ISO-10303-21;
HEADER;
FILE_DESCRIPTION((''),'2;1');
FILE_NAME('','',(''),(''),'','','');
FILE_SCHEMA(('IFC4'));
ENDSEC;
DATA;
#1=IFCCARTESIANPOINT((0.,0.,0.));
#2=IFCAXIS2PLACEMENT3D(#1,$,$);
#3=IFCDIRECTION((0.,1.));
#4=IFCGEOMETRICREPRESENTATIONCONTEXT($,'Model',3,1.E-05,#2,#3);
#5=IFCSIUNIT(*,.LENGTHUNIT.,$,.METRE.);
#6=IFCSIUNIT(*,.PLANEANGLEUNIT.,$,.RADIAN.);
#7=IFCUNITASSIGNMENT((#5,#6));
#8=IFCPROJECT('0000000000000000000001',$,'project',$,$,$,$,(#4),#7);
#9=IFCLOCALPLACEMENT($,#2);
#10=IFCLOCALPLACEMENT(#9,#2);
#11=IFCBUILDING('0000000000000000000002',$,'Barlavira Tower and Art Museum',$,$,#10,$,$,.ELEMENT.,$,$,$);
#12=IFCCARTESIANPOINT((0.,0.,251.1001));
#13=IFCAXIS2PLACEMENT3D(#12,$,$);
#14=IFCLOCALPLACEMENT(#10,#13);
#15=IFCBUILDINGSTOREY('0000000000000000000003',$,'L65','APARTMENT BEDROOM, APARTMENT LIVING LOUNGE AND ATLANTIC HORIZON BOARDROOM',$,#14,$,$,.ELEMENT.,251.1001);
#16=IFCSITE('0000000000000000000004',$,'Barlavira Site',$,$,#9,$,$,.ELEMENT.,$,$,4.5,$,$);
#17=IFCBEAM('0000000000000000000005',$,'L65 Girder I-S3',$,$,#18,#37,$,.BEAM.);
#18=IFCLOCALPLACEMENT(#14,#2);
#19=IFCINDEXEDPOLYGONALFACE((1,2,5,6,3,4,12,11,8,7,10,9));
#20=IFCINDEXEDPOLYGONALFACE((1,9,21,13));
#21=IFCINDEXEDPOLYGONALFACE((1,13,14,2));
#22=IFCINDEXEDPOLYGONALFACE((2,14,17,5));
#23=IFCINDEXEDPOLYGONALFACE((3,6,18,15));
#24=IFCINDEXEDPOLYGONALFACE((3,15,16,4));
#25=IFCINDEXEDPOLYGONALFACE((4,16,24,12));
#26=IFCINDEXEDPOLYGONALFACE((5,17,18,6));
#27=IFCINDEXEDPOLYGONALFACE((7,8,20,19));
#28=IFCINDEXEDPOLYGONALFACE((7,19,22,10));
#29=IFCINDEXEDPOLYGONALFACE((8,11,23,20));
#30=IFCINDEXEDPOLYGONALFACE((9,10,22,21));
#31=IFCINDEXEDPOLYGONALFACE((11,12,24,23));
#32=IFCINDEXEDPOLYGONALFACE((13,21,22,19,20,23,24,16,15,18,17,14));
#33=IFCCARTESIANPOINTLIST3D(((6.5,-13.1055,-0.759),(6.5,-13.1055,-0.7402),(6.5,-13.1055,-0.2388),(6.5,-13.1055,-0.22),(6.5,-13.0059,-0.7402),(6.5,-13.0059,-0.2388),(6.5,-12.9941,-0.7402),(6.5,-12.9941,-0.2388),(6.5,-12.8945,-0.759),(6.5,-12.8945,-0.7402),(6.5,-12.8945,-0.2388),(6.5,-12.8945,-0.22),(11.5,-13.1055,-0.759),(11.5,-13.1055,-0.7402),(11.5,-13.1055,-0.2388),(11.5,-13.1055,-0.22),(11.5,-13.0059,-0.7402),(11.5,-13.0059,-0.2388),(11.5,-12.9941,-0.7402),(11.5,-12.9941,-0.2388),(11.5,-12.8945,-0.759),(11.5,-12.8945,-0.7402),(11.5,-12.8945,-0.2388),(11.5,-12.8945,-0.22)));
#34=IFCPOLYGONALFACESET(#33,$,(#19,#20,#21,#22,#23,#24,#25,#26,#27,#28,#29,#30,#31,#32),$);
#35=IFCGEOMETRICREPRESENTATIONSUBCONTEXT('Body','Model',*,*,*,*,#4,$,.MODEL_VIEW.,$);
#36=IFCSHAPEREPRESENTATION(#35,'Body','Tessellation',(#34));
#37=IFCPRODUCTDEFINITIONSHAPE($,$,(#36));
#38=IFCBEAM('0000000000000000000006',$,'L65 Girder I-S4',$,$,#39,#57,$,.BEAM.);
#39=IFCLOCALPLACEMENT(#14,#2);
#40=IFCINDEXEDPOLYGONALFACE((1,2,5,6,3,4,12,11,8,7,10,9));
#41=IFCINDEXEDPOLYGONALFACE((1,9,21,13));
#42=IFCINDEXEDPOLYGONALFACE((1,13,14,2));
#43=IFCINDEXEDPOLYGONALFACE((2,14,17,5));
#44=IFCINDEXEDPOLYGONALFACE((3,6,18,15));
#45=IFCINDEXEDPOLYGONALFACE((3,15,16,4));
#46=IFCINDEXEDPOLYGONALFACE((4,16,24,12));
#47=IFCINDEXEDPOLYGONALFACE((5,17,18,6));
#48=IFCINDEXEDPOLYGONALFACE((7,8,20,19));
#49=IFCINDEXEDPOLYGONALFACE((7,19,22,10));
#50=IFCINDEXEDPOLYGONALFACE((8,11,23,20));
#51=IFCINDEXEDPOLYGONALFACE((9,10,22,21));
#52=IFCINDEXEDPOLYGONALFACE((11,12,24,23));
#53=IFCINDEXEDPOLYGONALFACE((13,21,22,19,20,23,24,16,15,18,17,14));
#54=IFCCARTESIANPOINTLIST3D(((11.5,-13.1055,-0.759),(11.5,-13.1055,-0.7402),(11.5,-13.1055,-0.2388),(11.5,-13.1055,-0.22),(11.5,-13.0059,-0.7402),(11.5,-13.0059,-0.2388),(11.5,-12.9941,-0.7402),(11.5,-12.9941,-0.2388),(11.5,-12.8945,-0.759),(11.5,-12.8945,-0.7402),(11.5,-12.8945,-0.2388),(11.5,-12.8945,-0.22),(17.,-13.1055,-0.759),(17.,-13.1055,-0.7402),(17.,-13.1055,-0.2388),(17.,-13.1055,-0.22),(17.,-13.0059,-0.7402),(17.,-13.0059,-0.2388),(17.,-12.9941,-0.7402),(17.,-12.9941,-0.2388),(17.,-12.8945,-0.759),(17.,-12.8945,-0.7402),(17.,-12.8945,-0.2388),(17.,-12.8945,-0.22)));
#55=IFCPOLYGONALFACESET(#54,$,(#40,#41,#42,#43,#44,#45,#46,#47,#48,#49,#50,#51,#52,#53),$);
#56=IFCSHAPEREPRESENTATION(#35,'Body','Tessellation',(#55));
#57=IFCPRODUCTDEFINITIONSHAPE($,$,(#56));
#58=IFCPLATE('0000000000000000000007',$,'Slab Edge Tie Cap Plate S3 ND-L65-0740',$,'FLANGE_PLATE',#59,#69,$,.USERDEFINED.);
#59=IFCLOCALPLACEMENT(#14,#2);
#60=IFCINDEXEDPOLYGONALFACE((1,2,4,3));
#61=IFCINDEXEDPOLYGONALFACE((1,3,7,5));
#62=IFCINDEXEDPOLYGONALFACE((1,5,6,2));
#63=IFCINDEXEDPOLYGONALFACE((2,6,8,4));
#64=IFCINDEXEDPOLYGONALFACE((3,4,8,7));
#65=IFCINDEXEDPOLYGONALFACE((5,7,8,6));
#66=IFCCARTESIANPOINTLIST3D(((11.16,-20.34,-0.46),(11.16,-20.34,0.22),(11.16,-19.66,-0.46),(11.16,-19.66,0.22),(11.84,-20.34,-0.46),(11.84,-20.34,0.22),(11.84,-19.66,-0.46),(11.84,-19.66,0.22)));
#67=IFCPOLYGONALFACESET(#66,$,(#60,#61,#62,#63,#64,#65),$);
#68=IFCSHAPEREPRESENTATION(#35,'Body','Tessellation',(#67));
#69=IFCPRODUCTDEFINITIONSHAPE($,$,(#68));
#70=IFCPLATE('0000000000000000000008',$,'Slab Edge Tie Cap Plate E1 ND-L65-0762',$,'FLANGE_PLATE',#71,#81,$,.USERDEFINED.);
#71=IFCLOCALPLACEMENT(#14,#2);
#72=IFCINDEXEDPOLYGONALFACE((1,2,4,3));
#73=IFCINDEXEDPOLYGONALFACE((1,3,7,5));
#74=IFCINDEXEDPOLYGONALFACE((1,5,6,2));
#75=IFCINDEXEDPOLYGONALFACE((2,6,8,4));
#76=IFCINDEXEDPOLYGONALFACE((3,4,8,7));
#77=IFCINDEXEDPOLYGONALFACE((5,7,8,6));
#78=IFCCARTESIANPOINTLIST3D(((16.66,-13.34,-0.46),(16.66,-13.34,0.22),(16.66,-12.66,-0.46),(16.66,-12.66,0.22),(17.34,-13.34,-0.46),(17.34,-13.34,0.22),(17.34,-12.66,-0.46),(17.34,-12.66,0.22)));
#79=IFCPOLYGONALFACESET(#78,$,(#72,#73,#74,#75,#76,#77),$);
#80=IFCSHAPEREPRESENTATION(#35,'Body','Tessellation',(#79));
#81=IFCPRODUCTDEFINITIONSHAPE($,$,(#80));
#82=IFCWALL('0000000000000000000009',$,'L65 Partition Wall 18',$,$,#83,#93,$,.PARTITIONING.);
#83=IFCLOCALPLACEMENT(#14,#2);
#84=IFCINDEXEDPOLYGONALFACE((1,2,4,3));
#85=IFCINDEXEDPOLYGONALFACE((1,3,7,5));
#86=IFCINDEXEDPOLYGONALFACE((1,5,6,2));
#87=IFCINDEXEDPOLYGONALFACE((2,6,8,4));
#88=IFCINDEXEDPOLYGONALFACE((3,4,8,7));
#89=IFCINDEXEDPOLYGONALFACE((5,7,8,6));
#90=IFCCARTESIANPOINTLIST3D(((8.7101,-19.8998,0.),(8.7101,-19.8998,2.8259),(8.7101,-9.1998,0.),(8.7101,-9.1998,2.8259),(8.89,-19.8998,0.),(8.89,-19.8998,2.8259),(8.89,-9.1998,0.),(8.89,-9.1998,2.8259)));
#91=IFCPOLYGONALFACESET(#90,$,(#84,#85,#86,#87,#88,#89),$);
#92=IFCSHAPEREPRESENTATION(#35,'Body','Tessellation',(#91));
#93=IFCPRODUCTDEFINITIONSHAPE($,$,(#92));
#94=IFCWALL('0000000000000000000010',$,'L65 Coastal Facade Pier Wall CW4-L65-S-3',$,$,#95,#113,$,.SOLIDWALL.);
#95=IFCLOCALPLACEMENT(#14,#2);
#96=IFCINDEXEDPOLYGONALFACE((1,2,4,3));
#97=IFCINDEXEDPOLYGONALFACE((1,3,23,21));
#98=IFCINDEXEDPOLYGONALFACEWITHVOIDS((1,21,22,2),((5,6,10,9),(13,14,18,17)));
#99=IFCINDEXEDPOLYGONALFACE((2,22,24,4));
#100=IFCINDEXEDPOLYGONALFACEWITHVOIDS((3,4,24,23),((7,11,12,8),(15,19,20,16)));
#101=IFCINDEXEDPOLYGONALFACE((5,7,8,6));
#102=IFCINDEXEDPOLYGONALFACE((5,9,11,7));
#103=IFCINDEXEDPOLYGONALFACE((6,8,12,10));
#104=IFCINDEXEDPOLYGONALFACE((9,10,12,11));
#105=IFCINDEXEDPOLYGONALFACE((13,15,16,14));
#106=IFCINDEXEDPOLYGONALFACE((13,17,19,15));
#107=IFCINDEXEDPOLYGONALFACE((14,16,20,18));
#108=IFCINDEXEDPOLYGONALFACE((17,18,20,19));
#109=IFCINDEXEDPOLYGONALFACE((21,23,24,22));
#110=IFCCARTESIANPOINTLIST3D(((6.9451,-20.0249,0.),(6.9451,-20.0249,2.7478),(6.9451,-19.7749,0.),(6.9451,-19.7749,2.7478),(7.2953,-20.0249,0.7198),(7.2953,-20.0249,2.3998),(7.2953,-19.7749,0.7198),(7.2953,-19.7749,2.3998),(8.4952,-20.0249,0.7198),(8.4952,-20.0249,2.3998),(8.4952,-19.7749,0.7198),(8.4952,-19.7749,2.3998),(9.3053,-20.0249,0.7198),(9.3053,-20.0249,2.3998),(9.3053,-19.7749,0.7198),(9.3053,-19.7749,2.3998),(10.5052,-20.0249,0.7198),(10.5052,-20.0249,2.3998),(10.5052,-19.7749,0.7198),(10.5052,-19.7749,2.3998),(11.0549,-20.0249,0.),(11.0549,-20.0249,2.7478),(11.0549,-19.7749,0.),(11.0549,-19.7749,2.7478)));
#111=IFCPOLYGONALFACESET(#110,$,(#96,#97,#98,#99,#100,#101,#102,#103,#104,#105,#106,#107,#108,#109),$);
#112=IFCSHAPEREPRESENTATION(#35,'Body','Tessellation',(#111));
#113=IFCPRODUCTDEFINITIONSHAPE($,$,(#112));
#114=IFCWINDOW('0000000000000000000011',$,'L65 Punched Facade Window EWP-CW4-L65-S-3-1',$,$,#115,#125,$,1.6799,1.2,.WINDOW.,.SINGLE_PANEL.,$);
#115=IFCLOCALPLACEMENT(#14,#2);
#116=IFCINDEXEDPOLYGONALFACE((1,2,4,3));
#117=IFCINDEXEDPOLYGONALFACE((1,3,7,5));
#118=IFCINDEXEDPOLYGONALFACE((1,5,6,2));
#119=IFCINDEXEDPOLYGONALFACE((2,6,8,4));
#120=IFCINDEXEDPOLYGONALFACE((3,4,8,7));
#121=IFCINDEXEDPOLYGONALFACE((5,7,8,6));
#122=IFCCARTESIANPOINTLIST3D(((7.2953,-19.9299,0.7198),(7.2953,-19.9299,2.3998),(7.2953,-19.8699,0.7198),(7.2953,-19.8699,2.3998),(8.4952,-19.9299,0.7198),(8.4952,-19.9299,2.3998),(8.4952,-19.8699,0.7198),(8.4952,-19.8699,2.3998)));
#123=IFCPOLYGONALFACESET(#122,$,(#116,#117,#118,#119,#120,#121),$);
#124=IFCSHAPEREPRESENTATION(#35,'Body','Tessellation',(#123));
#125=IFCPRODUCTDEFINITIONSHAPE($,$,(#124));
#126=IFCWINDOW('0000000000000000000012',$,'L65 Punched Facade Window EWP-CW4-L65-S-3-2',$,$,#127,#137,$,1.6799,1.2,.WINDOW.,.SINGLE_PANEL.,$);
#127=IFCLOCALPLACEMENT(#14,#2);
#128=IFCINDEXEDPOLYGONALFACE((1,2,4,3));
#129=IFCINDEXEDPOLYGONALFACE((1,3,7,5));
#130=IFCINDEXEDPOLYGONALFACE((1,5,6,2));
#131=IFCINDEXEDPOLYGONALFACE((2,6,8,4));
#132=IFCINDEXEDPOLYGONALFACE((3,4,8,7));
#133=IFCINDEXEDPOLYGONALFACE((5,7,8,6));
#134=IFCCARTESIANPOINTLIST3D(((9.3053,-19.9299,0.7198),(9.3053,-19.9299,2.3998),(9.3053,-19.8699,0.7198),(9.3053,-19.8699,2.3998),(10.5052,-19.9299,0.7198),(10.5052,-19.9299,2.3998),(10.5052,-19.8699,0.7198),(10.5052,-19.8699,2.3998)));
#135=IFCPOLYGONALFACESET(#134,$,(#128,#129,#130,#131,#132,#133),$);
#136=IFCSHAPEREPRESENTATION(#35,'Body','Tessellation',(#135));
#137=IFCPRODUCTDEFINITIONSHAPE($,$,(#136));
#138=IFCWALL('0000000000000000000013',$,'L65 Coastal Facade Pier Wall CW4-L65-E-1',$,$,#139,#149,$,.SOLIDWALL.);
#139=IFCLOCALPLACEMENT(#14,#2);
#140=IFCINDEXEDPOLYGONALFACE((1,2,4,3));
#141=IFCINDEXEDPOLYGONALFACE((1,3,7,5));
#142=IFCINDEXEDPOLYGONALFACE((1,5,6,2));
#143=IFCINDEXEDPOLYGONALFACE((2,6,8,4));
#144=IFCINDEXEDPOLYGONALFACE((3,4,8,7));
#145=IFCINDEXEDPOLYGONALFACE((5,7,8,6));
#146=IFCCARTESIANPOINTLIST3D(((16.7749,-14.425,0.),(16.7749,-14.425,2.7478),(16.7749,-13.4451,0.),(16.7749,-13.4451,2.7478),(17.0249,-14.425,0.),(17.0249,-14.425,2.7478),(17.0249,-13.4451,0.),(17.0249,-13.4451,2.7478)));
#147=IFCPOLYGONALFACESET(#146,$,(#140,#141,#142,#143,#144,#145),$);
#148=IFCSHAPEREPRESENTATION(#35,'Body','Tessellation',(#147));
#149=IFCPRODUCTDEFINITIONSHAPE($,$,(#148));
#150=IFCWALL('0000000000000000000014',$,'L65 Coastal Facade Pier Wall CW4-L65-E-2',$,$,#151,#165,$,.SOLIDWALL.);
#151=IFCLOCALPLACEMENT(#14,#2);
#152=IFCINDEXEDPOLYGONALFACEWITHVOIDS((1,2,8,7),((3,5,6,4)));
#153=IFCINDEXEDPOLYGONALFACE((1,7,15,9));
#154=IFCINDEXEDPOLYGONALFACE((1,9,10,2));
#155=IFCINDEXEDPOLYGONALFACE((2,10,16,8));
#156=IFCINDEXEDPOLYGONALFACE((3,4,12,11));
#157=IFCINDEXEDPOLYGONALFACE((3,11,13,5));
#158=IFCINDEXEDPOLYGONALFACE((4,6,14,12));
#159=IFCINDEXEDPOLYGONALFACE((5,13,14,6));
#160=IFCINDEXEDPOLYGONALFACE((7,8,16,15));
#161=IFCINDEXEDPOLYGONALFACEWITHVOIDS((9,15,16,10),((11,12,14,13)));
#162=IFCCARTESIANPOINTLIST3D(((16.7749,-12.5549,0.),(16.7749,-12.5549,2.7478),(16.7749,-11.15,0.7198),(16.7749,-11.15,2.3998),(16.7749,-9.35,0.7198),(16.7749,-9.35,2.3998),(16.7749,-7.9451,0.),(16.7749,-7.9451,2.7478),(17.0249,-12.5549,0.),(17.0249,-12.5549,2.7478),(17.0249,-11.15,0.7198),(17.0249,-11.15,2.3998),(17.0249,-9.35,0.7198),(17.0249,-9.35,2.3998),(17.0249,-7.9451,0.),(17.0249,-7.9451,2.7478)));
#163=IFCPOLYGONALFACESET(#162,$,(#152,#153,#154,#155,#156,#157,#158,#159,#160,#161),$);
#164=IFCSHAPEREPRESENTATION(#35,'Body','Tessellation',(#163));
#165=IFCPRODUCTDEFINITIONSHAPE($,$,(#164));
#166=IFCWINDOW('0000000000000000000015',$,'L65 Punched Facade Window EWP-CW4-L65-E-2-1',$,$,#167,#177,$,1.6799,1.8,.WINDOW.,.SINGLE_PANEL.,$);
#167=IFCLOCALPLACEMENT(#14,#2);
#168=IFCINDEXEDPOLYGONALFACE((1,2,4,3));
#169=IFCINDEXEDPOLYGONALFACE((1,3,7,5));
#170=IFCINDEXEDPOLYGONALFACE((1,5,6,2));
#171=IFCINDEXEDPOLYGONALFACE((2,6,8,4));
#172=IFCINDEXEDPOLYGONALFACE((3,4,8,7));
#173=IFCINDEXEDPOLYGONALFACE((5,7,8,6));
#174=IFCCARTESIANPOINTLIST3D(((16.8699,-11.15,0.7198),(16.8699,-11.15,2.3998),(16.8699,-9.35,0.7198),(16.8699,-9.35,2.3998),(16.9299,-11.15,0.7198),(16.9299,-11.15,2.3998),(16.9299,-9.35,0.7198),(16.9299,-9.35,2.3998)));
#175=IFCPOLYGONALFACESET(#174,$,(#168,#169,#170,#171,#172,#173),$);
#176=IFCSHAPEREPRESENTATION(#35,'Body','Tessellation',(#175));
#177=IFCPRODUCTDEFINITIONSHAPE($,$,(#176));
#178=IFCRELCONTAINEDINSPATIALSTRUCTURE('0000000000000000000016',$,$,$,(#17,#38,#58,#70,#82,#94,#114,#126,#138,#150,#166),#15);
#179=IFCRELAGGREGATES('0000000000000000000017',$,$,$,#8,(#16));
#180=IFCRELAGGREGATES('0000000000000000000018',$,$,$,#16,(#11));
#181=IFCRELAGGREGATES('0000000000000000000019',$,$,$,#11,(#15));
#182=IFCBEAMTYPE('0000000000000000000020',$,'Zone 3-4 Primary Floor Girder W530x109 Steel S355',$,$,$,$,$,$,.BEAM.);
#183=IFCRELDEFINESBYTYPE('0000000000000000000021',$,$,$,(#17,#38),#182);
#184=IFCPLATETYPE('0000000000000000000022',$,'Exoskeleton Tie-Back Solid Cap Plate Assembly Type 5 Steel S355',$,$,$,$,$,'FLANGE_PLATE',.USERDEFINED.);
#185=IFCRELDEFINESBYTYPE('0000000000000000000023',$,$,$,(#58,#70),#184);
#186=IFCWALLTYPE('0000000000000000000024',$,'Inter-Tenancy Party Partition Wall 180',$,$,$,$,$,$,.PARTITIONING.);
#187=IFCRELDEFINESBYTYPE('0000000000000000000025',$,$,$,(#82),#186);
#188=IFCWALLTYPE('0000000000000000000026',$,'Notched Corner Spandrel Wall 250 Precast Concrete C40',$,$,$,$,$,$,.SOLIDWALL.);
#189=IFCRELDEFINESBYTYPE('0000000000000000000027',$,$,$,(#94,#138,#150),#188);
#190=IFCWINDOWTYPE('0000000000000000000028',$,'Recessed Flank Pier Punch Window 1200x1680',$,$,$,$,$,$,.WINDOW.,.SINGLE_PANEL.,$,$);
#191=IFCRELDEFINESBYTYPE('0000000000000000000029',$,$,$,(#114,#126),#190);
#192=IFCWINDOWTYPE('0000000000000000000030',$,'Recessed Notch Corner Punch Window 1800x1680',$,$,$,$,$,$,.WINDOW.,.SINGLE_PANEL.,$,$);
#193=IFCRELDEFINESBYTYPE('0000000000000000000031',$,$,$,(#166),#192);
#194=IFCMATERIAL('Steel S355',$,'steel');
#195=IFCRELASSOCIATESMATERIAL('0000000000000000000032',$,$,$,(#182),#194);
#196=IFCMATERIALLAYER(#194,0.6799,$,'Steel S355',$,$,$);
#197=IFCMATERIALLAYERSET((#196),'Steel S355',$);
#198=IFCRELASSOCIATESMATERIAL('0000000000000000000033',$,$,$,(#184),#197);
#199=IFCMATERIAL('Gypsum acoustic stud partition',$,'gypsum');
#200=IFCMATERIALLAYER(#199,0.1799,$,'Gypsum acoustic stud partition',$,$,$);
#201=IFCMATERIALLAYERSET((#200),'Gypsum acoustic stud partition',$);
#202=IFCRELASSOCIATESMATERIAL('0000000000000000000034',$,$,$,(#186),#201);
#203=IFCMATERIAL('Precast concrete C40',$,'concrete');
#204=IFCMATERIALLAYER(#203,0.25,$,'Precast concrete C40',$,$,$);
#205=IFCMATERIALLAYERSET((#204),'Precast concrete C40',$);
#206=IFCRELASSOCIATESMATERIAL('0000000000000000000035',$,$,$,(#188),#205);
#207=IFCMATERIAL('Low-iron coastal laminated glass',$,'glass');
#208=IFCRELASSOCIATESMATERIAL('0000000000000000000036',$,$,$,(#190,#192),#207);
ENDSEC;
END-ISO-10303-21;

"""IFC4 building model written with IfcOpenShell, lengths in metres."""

from ifc_helpers import new_model, si_unit, direction, frame, frame_2d, origin, origin_2d, place, context, subcontext, project, spatial, rectangle, i_section, extrude, material, layer, layer_set, material_profile, profile_set, type_object, element, fill, save


model = new_model("IFC4")

# Units and contexts
model_context = context("Model", 3, precision=1e-05, world=origin(), true_north=direction((0.0, 1.0)))
body_context = subcontext(model_context, "Body", "Model", "MODEL_VIEW")
ifc_project = project(units=[si_unit("LENGTHUNIT", "METRE"), si_unit("PLANEANGLEUNIT", "RADIAN")], contexts=[model_context])

# Site, building, storey
site_placement = place(None, origin())
site = spatial("IfcSite", under=ifc_project, at=site_placement, Name="Barlavira Site", CompositionType="ELEMENT", RefElevation=4.5)
building_placement = place(site_placement, origin())
building = spatial("IfcBuilding", under=site, at=building_placement, Name="Barlavira Tower and Art Museum", CompositionType="ELEMENT")
storey_placement = place(building_placement, frame((0.0, 0.0, 251.1001)))
storey = spatial("IfcBuildingStorey", under=building, at=storey_placement, Name="L65", Description="APARTMENT BEDROOM, APARTMENT LIVING LOUNGE AND ATLANTIC HORIZON BOARDROOM", CompositionType="ELEMENT", Elevation=251.1001)

# Shared definitions
ifc_material_1 = material(Name="Steel S355", Category="steel")

# Beams
ifc_material_profile_1 = material_profile(ifc_material_1, i_section(OverallWidth=0.2109, OverallDepth=0.5391, WebThickness=0.0117, FlangeThickness=0.0188, at=origin_2d()), Name="W530x109.0")
ifc_profile_set_1 = profile_set([ifc_material_profile_1], Name="Steel S355")
beam_type_1 = type_object("IfcBeamType", Name="Zone 3-4 Primary Floor Girder W530x109 Steel S355", PredefinedType="BEAM", material=ifc_profile_set_1)
beam_1_placement = place(storey_placement, frame((6.5, -13.0, -0.4895), z_axis=(1.0, 0.0, 0.0), x_axis=(0.0, 1.0, 0.0)))
element("IfcBeam", 1, at=beam_1_placement, inside=storey, type_object=beam_type_1, Name="L65 Girder I-S3", PredefinedType="BEAM", context=body_context, shape_type="SweptSolid", body=[
    extrude(i_section(OverallWidth=0.2109, OverallDepth=0.5391, WebThickness=0.0117, FlangeThickness=0.0188, at=origin_2d()), origin(), (0.0, 0.0, 1.0), 5.0),
])
beam_2_placement = place(storey_placement, frame((11.5, -13.0, -0.4895), z_axis=(1.0, 0.0, 0.0), x_axis=(0.0, 1.0, 0.0)))
element("IfcBeam", 2, at=beam_2_placement, inside=storey, type_object=beam_type_1, Name="L65 Girder I-S4", PredefinedType="BEAM", context=body_context, shape_type="SweptSolid", body=[
    extrude(i_section(OverallWidth=0.2109, OverallDepth=0.5391, WebThickness=0.0117, FlangeThickness=0.0188, at=origin_2d()), origin(), (0.0, 0.0, 1.0), 5.5),
])

# Plates
ifc_layer_1 = layer(ifc_material_1, 0.6799, Name="Steel S355")
ifc_layer_set_1 = layer_set([ifc_layer_1], Name="Steel S355")
plate_type = type_object("IfcPlateType", Name="Exoskeleton Tie-Back Solid Cap Plate Assembly Type 5 Steel S355", ElementType="FLANGE_PLATE", PredefinedType="USERDEFINED", material=ifc_layer_set_1)
for number, where, z_axis, x_axis, name in (
    (3, (11.5, -20.0, -0.46), (0.0, 0.0, 1.0), (1.0, 0.0, 0.0), "Slab Edge Tie Cap Plate S3 ND-L65-0740"),
    (4, (17.0, -13.0, -0.46), (0.0, 0.0, 1.0), (1.0, 0.0, 0.0), "Slab Edge Tie Cap Plate E1 ND-L65-0762"),
):
    element("IfcPlate", number, at=place(storey_placement, frame(where, z_axis=z_axis, x_axis=x_axis)), inside=storey, type_object=plate_type, Name=name, ObjectType="FLANGE_PLATE", PredefinedType="USERDEFINED", context=body_context, shape_type="SweptSolid", body=[
        extrude(rectangle(XDim=0.6799, YDim=0.6799, at=origin_2d()), origin(), (0.0, 0.0, 1.0), 0.6799),
    ])

# Wall
ifc_material_2 = material(Name="Gypsum acoustic stud partition", Category="gypsum")
ifc_layer_2 = layer(ifc_material_2, 0.1799, Name="Gypsum acoustic stud partition")
ifc_layer_set_2 = layer_set([ifc_layer_2], Name="Gypsum acoustic stud partition")
wall_type_1 = type_object("IfcWallType", Name="Inter-Tenancy Party Partition Wall 180", PredefinedType="PARTITIONING", material=ifc_layer_set_2)
wall_1_placement = place(storey_placement, frame((8.8, -19.8999, 0.0), z_axis=(0.0, 0.0, 1.0), x_axis=(0.0, 1.0, 0.0)))
element("IfcWall", 5, at=wall_1_placement, inside=storey, type_object=wall_type_1, Name="L65 Partition Wall 18", PredefinedType="PARTITIONING", context=body_context, shape_type="SweptSolid", body=[
    extrude(rectangle(XDim=10.7, YDim=0.1799, at=frame_2d((5.3501, 0.0))), origin(), (0.0, 0.0, 1.0), 2.8259),
])

# Wall, openings, windows
ifc_material_3 = material(Name="Precast concrete C40", Category="concrete")
ifc_layer_3 = layer(ifc_material_3, 0.25, Name="Precast concrete C40")
ifc_layer_set_3 = layer_set([ifc_layer_3], Name="Precast concrete C40")
wall_type_2 = type_object("IfcWallType", Name="Notched Corner Spandrel Wall 250 Precast Concrete C40", PredefinedType="SOLIDWALL", material=ifc_layer_set_3)
wall_2_placement = place(storey_placement, frame((6.9451, -19.8999, 0.0), z_axis=(0.0, 0.0, 1.0), x_axis=(1.0, 0.0, 0.0)))
wall_2 = element("IfcWall", 6, at=wall_2_placement, inside=storey, type_object=wall_type_2, Name="L65 Coastal Facade Pier Wall CW4-L65-S-3", PredefinedType="SOLIDWALL", context=body_context, shape_type="SweptSolid", body=[
    extrude(rectangle(XDim=4.1099, YDim=0.25, at=frame_2d((2.0549, 0.0))), origin(), (0.0, 0.0, 1.0), 2.7478),
])
opening_1_placement = place(wall_2_placement, frame((0.3501, 0.0, 0.72)))
opening_1 = element("IfcOpeningElement", 7, at=opening_1_placement, cuts=wall_2, PredefinedType="OPENING", context=body_context, shape_type="SweptSolid", body=[
    extrude(rectangle(XDim=1.2, YDim=1.6799, at=frame_2d((0.6001, 0.8398))), frame((0.0, 0.135, 0.0), z_axis=(0.0, -1.0, 0.0), x_axis=(1.0, 0.0, 0.0)), (0.0, 0.0, 1.0), 0.27),
])
opening_2_placement = place(wall_2_placement, frame((2.3601, 0.0, 0.72)))
opening_2 = element("IfcOpeningElement", 8, at=opening_2_placement, cuts=wall_2, PredefinedType="OPENING", context=body_context, shape_type="SweptSolid", body=[
    extrude(rectangle(XDim=1.2, YDim=1.6799, at=frame_2d((0.6001, 0.8398))), frame((0.0, 0.135, 0.0), z_axis=(0.0, -1.0, 0.0), x_axis=(1.0, 0.0, 0.0)), (0.0, 0.0, 1.0), 0.27),
])
ifc_material_4 = material(Name="Low-iron coastal laminated glass", Category="glass")
window_type_1 = type_object("IfcWindowType", Name="Recessed Flank Pier Punch Window 1200x1680", PartitioningType="SINGLE_PANEL", PredefinedType="WINDOW", material=ifc_material_4)
window_1_placement = place(opening_1_placement, origin())
window_1 = element("IfcWindow", 9, at=window_1_placement, inside=storey, type_object=window_type_1, Name="L65 Punched Facade Window EWP-CW4-L65-S-3-1", OverallHeight=1.6799, OverallWidth=1.2, PartitioningType="SINGLE_PANEL", PredefinedType="WINDOW", context=body_context, shape_type="SweptSolid", body=[
    extrude(rectangle(XDim=1.2, YDim=1.6799, at=frame_2d((0.6001, 0.8398))), frame((0.0, 0.03, 0.0), z_axis=(0.0, -1.0, 0.0), x_axis=(1.0, 0.0, 0.0)), (0.0, 0.0, 1.0), 0.0601),
])
fill(opening_1, window_1)
window_2_placement = place(opening_2_placement, origin())
window_2 = element("IfcWindow", 10, at=window_2_placement, inside=storey, type_object=window_type_1, Name="L65 Punched Facade Window EWP-CW4-L65-S-3-2", OverallHeight=1.6799, OverallWidth=1.2, PartitioningType="SINGLE_PANEL", PredefinedType="WINDOW", context=body_context, shape_type="SweptSolid", body=[
    extrude(rectangle(XDim=1.2, YDim=1.6799, at=frame_2d((0.6001, 0.8398))), frame((0.0, 0.03, 0.0), z_axis=(0.0, -1.0, 0.0), x_axis=(1.0, 0.0, 0.0)), (0.0, 0.0, 1.0), 0.0601),
])
fill(opening_2, window_2)

# Wall
wall_3_placement = place(storey_placement, frame((16.8999, -14.425, 0.0), z_axis=(0.0, 0.0, 1.0), x_axis=(0.0, 1.0, 0.0)))
element("IfcWall", 11, at=wall_3_placement, inside=storey, type_object=wall_type_2, Name="L65 Coastal Facade Pier Wall CW4-L65-E-1", PredefinedType="SOLIDWALL", context=body_context, shape_type="SweptSolid", body=[
    extrude(rectangle(XDim=0.98, YDim=0.25, at=frame_2d((0.49, 0.0))), origin(), (0.0, 0.0, 1.0), 2.7478),
])

# Wall, opening, window
wall_4_placement = place(storey_placement, frame((16.8999, -12.5549, 0.0), z_axis=(0.0, 0.0, 1.0), x_axis=(0.0, 1.0, 0.0)))
wall_4 = element("IfcWall", 12, at=wall_4_placement, inside=storey, type_object=wall_type_2, Name="L65 Coastal Facade Pier Wall CW4-L65-E-2", PredefinedType="SOLIDWALL", context=body_context, shape_type="SweptSolid", body=[
    extrude(rectangle(XDim=4.6099, YDim=0.25, at=frame_2d((2.3049, 0.0))), origin(), (0.0, 0.0, 1.0), 2.7478),
])
opening_3_placement = place(wall_4_placement, frame((1.405, 0.0, 0.72)))
opening_3 = element("IfcOpeningElement", 13, at=opening_3_placement, cuts=wall_4, PredefinedType="OPENING", context=body_context, shape_type="SweptSolid", body=[
    extrude(rectangle(XDim=1.8, YDim=1.6799, at=frame_2d((0.8999, 0.8398))), frame((0.0, 0.135, 0.0), z_axis=(0.0, -1.0, 0.0), x_axis=(1.0, 0.0, 0.0)), (0.0, 0.0, 1.0), 0.27),
])
window_type_2 = type_object("IfcWindowType", Name="Recessed Notch Corner Punch Window 1800x1680", PartitioningType="SINGLE_PANEL", PredefinedType="WINDOW", material=ifc_material_4)
window_3_placement = place(opening_3_placement, origin())
window_3 = element("IfcWindow", 14, at=window_3_placement, inside=storey, type_object=window_type_2, Name="L65 Punched Facade Window EWP-CW4-L65-E-2-1", OverallHeight=1.6799, OverallWidth=1.8, PartitioningType="SINGLE_PANEL", PredefinedType="WINDOW", context=body_context, shape_type="SweptSolid", body=[
    extrude(rectangle(XDim=1.8, YDim=1.6799, at=frame_2d((0.8999, 0.8398))), frame((0.0, 0.03, 0.0), z_axis=(0.0, -1.0, 0.0), x_axis=(1.0, 0.0, 0.0)), (0.0, 0.0, 1.0), 0.0601),
])
fill(opening_3, window_3)

save(model, "model.ifc")
